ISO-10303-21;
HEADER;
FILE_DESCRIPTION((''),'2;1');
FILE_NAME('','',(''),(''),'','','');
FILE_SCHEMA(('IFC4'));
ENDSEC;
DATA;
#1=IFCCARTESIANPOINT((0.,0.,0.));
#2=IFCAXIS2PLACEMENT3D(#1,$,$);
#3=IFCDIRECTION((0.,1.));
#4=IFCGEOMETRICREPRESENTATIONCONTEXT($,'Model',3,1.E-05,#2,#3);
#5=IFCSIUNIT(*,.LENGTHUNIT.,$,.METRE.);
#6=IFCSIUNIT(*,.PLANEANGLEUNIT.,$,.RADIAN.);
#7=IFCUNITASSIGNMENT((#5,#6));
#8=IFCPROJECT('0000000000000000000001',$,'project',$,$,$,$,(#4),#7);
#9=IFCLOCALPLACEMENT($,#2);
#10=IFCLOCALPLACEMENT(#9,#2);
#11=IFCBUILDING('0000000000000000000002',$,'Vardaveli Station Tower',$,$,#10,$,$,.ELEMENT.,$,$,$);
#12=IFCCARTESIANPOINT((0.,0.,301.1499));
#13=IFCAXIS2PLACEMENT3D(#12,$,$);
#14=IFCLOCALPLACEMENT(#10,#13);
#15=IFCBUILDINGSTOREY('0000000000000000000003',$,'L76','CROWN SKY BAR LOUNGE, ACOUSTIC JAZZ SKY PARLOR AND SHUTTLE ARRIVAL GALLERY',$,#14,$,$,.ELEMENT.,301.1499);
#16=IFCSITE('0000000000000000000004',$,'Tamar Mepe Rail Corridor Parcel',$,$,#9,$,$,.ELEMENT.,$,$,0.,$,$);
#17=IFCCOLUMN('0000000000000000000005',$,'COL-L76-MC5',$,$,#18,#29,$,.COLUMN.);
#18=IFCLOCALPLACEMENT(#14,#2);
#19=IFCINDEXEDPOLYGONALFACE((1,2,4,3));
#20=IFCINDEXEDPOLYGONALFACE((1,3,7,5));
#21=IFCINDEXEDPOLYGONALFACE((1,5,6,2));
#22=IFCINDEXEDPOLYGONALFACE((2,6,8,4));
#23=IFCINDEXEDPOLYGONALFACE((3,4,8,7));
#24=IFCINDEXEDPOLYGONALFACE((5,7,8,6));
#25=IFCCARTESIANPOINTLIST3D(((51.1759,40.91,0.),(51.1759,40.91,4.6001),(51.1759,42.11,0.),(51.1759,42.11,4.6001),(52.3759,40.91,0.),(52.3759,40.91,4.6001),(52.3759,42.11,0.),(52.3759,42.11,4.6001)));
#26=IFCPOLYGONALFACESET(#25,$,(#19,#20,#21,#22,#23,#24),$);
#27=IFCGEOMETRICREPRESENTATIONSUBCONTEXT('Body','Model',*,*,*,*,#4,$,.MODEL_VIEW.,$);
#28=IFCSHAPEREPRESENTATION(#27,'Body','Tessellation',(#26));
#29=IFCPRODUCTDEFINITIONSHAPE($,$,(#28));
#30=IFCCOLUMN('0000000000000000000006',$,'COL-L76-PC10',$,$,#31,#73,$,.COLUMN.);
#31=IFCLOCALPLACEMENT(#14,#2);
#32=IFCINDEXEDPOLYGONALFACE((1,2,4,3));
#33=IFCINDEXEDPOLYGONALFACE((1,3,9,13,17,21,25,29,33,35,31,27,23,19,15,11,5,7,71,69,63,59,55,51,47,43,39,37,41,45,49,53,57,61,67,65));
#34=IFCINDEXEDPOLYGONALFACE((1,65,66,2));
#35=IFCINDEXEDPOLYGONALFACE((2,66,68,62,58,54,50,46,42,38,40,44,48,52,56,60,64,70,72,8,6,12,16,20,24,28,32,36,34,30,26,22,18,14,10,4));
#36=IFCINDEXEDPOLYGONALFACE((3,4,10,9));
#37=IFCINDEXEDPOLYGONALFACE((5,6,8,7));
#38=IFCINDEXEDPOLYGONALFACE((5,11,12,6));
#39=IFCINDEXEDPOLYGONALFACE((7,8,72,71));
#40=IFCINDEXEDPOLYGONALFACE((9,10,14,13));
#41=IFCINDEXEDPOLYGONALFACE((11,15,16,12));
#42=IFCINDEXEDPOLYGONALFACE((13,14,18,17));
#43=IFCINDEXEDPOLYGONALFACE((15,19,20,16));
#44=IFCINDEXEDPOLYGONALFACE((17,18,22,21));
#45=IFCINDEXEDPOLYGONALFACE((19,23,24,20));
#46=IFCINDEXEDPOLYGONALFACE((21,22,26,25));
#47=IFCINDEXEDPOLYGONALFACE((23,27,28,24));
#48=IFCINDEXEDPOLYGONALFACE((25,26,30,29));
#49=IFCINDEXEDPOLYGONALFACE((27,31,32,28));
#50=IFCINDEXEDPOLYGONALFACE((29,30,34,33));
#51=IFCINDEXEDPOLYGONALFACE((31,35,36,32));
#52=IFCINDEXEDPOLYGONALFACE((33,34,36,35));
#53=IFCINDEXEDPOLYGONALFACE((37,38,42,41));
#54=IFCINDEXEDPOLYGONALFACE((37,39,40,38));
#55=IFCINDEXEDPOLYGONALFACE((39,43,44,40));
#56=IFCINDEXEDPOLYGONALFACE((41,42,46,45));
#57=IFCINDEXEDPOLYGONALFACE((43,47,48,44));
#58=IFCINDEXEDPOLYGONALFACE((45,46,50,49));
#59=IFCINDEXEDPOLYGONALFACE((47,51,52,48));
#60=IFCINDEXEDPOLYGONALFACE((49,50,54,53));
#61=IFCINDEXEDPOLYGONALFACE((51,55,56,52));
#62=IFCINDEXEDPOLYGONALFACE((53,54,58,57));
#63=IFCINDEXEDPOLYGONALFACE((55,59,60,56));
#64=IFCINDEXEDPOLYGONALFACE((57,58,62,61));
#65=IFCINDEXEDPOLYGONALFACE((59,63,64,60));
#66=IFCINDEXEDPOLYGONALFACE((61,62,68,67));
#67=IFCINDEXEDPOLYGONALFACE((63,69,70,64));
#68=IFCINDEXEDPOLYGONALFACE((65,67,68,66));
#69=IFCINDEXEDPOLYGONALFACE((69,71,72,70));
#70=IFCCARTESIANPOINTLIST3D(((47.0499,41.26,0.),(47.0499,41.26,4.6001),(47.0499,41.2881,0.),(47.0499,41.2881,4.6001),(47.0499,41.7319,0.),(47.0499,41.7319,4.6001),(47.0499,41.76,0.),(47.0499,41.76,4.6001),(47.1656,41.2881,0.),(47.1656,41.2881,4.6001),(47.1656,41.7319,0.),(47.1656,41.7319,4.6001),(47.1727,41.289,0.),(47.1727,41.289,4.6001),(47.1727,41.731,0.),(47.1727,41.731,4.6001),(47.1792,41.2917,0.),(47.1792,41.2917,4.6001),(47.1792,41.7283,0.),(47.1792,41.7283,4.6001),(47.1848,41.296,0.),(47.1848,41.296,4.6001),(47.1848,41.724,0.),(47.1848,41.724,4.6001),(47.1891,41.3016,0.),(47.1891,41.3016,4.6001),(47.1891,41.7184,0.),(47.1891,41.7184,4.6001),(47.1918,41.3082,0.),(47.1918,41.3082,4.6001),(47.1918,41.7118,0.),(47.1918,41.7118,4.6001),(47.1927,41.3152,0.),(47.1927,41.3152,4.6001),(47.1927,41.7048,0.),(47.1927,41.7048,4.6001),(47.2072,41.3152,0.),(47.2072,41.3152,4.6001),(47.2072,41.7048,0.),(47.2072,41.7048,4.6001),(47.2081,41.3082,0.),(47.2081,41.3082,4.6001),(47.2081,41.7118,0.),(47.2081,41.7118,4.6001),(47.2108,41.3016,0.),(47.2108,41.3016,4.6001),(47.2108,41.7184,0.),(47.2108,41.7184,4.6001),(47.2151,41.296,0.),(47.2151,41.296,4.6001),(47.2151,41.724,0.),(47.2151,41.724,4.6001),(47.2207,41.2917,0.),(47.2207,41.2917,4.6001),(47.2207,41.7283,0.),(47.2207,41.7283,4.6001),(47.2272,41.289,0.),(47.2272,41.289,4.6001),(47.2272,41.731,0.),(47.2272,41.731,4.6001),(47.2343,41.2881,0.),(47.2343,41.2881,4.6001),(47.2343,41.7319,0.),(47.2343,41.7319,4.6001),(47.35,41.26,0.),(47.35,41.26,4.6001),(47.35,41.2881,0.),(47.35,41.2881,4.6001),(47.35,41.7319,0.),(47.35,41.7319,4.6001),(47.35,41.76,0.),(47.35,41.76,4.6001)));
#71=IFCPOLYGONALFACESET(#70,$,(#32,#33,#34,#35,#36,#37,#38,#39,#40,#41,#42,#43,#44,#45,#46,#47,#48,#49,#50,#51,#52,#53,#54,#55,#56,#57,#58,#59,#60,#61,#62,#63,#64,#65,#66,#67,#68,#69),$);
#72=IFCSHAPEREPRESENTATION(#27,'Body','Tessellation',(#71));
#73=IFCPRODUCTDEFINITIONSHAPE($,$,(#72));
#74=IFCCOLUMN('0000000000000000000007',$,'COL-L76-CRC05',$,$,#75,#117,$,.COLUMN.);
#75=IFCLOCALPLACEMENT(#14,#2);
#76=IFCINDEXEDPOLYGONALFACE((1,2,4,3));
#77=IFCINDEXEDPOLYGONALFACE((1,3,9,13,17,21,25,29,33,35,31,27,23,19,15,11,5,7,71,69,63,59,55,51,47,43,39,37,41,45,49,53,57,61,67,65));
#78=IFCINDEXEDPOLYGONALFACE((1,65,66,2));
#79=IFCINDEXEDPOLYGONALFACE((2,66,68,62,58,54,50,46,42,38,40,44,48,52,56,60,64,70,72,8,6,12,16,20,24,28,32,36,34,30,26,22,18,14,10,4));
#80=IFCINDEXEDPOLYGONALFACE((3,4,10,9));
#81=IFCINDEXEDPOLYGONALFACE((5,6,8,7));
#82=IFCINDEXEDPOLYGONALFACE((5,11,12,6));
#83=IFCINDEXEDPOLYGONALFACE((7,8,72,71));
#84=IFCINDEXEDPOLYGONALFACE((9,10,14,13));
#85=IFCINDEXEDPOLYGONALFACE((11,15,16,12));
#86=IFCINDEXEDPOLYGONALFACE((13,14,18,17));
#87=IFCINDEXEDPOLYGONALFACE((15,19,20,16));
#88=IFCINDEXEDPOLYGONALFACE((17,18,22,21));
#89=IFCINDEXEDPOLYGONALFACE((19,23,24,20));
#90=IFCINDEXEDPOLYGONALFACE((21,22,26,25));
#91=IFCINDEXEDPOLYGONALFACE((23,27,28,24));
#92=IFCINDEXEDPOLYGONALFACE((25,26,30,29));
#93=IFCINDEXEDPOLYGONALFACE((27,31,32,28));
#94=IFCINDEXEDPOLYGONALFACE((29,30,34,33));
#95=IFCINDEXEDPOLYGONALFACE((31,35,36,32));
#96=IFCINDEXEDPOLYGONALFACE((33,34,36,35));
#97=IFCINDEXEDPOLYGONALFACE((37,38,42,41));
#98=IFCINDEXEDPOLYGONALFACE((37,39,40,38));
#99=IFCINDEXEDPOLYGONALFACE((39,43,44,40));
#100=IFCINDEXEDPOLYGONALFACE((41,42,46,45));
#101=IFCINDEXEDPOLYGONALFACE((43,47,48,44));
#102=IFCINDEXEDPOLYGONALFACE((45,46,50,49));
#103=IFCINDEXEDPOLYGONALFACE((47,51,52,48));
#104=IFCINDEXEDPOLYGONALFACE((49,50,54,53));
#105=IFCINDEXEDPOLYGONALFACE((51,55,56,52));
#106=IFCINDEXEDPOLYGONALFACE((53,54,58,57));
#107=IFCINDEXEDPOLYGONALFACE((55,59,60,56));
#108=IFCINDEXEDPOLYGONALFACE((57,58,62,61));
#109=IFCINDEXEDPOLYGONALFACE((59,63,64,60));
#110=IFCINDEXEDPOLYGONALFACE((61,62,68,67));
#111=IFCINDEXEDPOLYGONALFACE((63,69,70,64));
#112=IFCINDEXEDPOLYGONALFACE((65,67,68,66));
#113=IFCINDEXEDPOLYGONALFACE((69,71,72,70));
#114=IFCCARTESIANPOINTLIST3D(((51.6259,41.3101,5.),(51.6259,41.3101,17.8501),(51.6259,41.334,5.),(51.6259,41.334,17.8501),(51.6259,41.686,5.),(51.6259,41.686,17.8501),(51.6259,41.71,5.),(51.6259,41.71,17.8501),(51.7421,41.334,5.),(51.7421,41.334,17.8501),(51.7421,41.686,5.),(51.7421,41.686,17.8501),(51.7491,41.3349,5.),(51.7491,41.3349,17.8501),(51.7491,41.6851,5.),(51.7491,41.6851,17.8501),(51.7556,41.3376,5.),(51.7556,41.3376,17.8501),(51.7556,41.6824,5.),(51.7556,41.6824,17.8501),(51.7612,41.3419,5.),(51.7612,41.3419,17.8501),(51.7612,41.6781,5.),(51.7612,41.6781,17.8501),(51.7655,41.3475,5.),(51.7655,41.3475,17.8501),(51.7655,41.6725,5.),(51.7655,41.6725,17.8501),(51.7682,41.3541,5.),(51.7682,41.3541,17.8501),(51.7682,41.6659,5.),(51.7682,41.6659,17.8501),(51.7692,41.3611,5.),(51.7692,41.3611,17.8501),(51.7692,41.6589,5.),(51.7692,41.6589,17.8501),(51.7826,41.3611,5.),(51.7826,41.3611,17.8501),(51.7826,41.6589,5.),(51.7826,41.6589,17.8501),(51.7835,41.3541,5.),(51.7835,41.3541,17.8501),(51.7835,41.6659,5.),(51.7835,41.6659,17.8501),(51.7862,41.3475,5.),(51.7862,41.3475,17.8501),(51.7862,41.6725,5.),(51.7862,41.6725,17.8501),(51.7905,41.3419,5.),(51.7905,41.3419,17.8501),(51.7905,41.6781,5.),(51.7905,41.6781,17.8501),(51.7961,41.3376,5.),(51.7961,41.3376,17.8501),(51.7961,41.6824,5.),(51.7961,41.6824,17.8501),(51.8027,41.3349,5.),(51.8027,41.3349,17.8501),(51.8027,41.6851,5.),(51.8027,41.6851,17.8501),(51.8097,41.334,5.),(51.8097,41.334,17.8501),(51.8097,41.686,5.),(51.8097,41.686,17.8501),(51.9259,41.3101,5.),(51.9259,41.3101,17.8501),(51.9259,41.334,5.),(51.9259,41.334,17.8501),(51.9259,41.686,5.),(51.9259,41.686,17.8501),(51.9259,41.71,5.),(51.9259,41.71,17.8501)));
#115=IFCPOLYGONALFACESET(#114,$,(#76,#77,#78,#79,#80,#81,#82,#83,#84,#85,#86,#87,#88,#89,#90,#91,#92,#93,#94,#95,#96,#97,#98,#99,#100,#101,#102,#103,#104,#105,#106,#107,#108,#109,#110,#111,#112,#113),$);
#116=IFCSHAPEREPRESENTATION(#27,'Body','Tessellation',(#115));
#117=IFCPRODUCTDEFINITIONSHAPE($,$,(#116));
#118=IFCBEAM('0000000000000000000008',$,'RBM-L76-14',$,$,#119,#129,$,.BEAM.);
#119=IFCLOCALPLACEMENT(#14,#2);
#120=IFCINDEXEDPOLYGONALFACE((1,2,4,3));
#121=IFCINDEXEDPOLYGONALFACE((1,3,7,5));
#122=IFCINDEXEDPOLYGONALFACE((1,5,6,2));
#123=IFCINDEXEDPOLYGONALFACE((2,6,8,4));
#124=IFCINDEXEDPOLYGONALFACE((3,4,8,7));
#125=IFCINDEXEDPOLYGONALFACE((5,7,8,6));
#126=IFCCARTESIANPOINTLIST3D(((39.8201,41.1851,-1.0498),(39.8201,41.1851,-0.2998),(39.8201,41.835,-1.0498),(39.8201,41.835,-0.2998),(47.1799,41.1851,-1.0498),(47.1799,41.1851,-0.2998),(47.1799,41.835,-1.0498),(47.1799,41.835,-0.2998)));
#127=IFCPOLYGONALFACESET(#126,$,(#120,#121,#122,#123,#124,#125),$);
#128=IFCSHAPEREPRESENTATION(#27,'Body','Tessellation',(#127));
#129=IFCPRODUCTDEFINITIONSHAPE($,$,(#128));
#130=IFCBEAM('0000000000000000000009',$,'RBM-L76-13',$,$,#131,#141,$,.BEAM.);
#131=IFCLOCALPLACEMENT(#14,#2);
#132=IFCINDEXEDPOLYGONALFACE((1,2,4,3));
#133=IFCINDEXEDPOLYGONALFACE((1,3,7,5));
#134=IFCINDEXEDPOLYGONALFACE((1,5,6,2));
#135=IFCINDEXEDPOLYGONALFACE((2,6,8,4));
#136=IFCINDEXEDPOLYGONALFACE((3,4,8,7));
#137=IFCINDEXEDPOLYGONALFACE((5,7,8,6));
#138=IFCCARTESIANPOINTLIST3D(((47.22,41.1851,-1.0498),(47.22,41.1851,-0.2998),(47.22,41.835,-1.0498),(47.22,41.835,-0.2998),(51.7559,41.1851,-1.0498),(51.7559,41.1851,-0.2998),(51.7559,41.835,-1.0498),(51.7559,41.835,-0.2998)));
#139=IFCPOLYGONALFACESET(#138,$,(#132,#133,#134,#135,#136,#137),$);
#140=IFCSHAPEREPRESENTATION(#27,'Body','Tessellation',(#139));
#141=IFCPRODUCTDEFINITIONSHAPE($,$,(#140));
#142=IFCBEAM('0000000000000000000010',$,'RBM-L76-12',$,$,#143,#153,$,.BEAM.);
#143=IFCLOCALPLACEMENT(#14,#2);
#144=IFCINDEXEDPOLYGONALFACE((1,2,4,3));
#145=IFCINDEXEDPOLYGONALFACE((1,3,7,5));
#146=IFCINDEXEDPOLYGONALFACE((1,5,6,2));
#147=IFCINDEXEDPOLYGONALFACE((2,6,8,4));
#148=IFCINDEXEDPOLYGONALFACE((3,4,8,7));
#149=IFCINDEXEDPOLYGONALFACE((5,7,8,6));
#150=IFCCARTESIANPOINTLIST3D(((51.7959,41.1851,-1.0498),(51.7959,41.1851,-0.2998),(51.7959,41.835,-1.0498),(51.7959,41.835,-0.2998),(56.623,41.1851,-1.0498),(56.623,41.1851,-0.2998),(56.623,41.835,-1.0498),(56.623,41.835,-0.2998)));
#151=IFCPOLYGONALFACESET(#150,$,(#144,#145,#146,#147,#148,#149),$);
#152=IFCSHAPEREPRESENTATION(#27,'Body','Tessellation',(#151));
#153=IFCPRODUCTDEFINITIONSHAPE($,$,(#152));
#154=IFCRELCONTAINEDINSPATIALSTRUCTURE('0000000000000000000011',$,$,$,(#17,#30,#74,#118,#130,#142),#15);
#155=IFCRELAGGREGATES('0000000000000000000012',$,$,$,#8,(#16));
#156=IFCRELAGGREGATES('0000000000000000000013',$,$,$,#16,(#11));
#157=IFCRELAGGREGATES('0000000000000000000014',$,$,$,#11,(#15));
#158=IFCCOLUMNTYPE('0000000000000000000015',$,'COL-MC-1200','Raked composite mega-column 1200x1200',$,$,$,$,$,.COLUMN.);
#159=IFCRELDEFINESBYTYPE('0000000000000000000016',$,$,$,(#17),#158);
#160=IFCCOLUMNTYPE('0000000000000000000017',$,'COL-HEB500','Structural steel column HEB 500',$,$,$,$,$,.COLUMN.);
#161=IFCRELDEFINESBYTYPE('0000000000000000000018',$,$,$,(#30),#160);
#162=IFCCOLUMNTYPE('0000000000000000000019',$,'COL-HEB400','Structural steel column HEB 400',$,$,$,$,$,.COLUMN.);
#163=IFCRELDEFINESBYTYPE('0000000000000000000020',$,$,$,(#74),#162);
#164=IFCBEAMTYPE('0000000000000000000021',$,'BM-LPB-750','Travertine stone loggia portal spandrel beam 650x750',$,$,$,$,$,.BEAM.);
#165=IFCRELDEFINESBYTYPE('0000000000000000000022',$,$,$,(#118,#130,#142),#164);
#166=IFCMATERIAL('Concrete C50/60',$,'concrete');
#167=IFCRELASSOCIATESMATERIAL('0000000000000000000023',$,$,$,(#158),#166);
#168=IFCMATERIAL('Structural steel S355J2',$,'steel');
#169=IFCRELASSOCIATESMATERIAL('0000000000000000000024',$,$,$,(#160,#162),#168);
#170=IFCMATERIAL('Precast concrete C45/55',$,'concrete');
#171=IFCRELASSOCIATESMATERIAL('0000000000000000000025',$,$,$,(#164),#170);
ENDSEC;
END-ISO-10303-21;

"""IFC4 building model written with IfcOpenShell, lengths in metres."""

from ifc_helpers import new_model, si_unit, direction, frame, origin, origin_2d, place, context, subcontext, project, spatial, rectangle, i_section, extrude, source, transform, mapped, material, material_profile, profile_set, type_object, element, save


model = new_model("IFC4")

# Units and contexts
model_context = context("Model", 3, precision=1e-05, world=origin(), true_north=direction((0.0, 1.0)))
body_context = subcontext(model_context, "Body", "Model", "MODEL_VIEW")
ifc_project = project(units=[si_unit("LENGTHUNIT", "METRE"), si_unit("PLANEANGLEUNIT", "RADIAN")], contexts=[model_context])

# Site, building, storey
site_placement = place(None, origin())
site = spatial("IfcSite", under=ifc_project, at=site_placement, Name="Tamar Mepe Rail Corridor Parcel", CompositionType="ELEMENT", RefElevation=0.0)
building_placement = place(site_placement, origin())
building = spatial("IfcBuilding", under=site, at=building_placement, Name="Vardaveli Station Tower", CompositionType="ELEMENT")
storey_placement = place(building_placement, frame((0.0, 0.0, 301.1499)))
storey = spatial("IfcBuildingStorey", under=building, at=storey_placement, Name="L76", Description="CROWN SKY BAR LOUNGE, ACOUSTIC JAZZ SKY PARLOR AND SHUTTLE ARRIVAL GALLERY", CompositionType="ELEMENT", Elevation=301.1499)

# Columns
ifc_material_1 = material(Name="Concrete C50/60", Category="concrete")
ifc_material_profile_1 = material_profile(ifc_material_1, rectangle(XDim=1.2, YDim=1.2, at=origin_2d()), Name="MC 1200x1200")
ifc_profile_set_1 = profile_set([ifc_material_profile_1], Name="Concrete C50/60")
column_type_1 = type_object("IfcColumnType", Name="COL-MC-1200", Description="Raked composite mega-column 1200x1200", PredefinedType="COLUMN", material=ifc_profile_set_1)
shared_shape_1 = source(origin(), body_context, "Body", "SweptSolid", [
    extrude(rectangle(XDim=1.2, YDim=1.2, at=origin_2d()), origin(), (0.0, 0.0, 1.0), 4.6001),
])
column_1_placement = place(storey_placement, frame((51.7759, 41.51, 0.0), z_axis=(0.0, 0.0, 1.0), x_axis=(1.0, 0.0, 0.0)))
element("IfcColumn", 1, at=column_1_placement, inside=storey, type_object=column_type_1, Name="COL-L76-MC5", PredefinedType="COLUMN", context=body_context, shape_type="MappedRepresentation", body=[
    mapped(shared_shape_1, transform((0.0, 0.0, 0.0), scale=1.0)),
])
ifc_material_2 = material(Name="Structural steel S355J2", Category="steel")
ifc_material_profile_2 = material_profile(ifc_material_2, i_section(OverallWidth=0.3, OverallDepth=0.5, WebThickness=0.0144, FlangeThickness=0.0281, FilletRadius=0.0271, at=origin_2d()), Name="HEB 500")
ifc_profile_set_2 = profile_set([ifc_material_profile_2], Name="Structural steel S355J2")
column_type_2 = type_object("IfcColumnType", Name="COL-HEB500", Description="Structural steel column HEB 500", PredefinedType="COLUMN", material=ifc_profile_set_2)
shared_shape_2 = source(origin(), body_context, "Body", "SweptSolid", [
    extrude(i_section(OverallWidth=0.3, OverallDepth=0.5, WebThickness=0.0144, FlangeThickness=0.0281, FilletRadius=0.0271, at=origin_2d()), origin(), (0.0, 0.0, 1.0), 4.6001),
])
column_2_placement = place(storey_placement, frame((47.2, 41.51, 0.0), z_axis=(0.0, 0.0, 1.0), x_axis=(1.0, 0.0, 0.0)))
element("IfcColumn", 2, at=column_2_placement, inside=storey, type_object=column_type_2, Name="COL-L76-PC10", PredefinedType="COLUMN", context=body_context, shape_type="MappedRepresentation", body=[
    mapped(shared_shape_2, transform((0.0, 0.0, 0.0), scale=1.0)),
])
ifc_material_profile_3 = material_profile(ifc_material_2, i_section(OverallWidth=0.3, OverallDepth=0.3999, WebThickness=0.0134, FlangeThickness=0.0239, FilletRadius=0.0271, at=origin_2d()), Name="HEB 400")
ifc_profile_set_3 = profile_set([ifc_material_profile_3], Name="Structural steel S355J2")
column_type_3 = type_object("IfcColumnType", Name="COL-HEB400", Description="Structural steel column HEB 400", PredefinedType="COLUMN", material=ifc_profile_set_3)
shared_shape_3 = source(origin(), body_context, "Body", "SweptSolid", [
    extrude(i_section(OverallWidth=0.3, OverallDepth=0.3999, WebThickness=0.0134, FlangeThickness=0.0239, FilletRadius=0.0271, at=origin_2d()), origin(), (0.0, 0.0, 1.0), 12.8501),
])
column_3_placement = place(storey_placement, frame((51.7759, 41.51, 5.0), z_axis=(0.0, 0.0, 1.0), x_axis=(1.0, 0.0, 0.0)))
element("IfcColumn", 3, at=column_3_placement, inside=storey, type_object=column_type_3, Name="COL-L76-CRC05", PredefinedType="COLUMN", context=body_context, shape_type="MappedRepresentation", body=[
    mapped(shared_shape_3, transform((0.0, 0.0, 0.0), scale=1.0)),
])

# Beams
ifc_material_3 = material(Name="Precast concrete C45/55", Category="concrete")
ifc_material_profile_4 = material_profile(ifc_material_3, rectangle(XDim=0.6499, YDim=0.75, at=origin_2d()), Name="LPB 650x750")
ifc_profile_set_4 = profile_set([ifc_material_profile_4], Name="Precast concrete C45/55")
beam_type_1 = type_object("IfcBeamType", Name="BM-LPB-750", Description="Travertine stone loggia portal spandrel beam 650x750", PredefinedType="BEAM", material=ifc_profile_set_4)
shared_shape_4 = source(origin(), body_context, "Body", "SweptSolid", [
    extrude(rectangle(XDim=0.6499, YDim=0.75, at=origin_2d()), origin(), (0.0, 0.0, 1.0), 7.3599),
])
beam_1_placement = place(storey_placement, frame((47.1799, 41.51, -0.6748), z_axis=(-1.0, 0.0, 0.0), x_axis=(0.0, -1.0, 0.0)))
element("IfcBeam", 4, at=beam_1_placement, inside=storey, type_object=beam_type_1, Name="RBM-L76-14", PredefinedType="BEAM", context=body_context, shape_type="MappedRepresentation", body=[
    mapped(shared_shape_4, transform((0.0, 0.0, 0.0), scale=1.0)),
])
shared_shape_5 = source(origin(), body_context, "Body", "SweptSolid", [
    extrude(rectangle(XDim=0.6499, YDim=0.75, at=origin_2d()), origin(), (0.0, 0.0, 1.0), 4.5359),
])
beam_2_placement = place(storey_placement, frame((51.7559, 41.51, -0.6748), z_axis=(-1.0, 0.0, 0.0), x_axis=(0.0, -1.0, 0.0)))
element("IfcBeam", 5, at=beam_2_placement, inside=storey, type_object=beam_type_1, Name="RBM-L76-13", PredefinedType="BEAM", context=body_context, shape_type="MappedRepresentation", body=[
    mapped(shared_shape_5, transform((0.0, 0.0, 0.0), scale=1.0)),
])
shared_shape_6 = source(origin(), body_context, "Body", "SweptSolid", [
    extrude(rectangle(XDim=0.6499, YDim=0.75, at=origin_2d()), origin(), (0.0, 0.0, 1.0), 4.8271),
])
beam_3_placement = place(storey_placement, frame((56.623, 41.51, -0.6748), z_axis=(-1.0, 0.0, 0.0), x_axis=(0.0, -1.0, 0.0)))
element("IfcBeam", 6, at=beam_3_placement, inside=storey, type_object=beam_type_1, Name="RBM-L76-12", PredefinedType="BEAM", context=body_context, shape_type="MappedRepresentation", body=[
    mapped(shared_shape_6, transform((0.0, 0.0, 0.0), scale=1.0)),
])

save(model, "model.ifc")
